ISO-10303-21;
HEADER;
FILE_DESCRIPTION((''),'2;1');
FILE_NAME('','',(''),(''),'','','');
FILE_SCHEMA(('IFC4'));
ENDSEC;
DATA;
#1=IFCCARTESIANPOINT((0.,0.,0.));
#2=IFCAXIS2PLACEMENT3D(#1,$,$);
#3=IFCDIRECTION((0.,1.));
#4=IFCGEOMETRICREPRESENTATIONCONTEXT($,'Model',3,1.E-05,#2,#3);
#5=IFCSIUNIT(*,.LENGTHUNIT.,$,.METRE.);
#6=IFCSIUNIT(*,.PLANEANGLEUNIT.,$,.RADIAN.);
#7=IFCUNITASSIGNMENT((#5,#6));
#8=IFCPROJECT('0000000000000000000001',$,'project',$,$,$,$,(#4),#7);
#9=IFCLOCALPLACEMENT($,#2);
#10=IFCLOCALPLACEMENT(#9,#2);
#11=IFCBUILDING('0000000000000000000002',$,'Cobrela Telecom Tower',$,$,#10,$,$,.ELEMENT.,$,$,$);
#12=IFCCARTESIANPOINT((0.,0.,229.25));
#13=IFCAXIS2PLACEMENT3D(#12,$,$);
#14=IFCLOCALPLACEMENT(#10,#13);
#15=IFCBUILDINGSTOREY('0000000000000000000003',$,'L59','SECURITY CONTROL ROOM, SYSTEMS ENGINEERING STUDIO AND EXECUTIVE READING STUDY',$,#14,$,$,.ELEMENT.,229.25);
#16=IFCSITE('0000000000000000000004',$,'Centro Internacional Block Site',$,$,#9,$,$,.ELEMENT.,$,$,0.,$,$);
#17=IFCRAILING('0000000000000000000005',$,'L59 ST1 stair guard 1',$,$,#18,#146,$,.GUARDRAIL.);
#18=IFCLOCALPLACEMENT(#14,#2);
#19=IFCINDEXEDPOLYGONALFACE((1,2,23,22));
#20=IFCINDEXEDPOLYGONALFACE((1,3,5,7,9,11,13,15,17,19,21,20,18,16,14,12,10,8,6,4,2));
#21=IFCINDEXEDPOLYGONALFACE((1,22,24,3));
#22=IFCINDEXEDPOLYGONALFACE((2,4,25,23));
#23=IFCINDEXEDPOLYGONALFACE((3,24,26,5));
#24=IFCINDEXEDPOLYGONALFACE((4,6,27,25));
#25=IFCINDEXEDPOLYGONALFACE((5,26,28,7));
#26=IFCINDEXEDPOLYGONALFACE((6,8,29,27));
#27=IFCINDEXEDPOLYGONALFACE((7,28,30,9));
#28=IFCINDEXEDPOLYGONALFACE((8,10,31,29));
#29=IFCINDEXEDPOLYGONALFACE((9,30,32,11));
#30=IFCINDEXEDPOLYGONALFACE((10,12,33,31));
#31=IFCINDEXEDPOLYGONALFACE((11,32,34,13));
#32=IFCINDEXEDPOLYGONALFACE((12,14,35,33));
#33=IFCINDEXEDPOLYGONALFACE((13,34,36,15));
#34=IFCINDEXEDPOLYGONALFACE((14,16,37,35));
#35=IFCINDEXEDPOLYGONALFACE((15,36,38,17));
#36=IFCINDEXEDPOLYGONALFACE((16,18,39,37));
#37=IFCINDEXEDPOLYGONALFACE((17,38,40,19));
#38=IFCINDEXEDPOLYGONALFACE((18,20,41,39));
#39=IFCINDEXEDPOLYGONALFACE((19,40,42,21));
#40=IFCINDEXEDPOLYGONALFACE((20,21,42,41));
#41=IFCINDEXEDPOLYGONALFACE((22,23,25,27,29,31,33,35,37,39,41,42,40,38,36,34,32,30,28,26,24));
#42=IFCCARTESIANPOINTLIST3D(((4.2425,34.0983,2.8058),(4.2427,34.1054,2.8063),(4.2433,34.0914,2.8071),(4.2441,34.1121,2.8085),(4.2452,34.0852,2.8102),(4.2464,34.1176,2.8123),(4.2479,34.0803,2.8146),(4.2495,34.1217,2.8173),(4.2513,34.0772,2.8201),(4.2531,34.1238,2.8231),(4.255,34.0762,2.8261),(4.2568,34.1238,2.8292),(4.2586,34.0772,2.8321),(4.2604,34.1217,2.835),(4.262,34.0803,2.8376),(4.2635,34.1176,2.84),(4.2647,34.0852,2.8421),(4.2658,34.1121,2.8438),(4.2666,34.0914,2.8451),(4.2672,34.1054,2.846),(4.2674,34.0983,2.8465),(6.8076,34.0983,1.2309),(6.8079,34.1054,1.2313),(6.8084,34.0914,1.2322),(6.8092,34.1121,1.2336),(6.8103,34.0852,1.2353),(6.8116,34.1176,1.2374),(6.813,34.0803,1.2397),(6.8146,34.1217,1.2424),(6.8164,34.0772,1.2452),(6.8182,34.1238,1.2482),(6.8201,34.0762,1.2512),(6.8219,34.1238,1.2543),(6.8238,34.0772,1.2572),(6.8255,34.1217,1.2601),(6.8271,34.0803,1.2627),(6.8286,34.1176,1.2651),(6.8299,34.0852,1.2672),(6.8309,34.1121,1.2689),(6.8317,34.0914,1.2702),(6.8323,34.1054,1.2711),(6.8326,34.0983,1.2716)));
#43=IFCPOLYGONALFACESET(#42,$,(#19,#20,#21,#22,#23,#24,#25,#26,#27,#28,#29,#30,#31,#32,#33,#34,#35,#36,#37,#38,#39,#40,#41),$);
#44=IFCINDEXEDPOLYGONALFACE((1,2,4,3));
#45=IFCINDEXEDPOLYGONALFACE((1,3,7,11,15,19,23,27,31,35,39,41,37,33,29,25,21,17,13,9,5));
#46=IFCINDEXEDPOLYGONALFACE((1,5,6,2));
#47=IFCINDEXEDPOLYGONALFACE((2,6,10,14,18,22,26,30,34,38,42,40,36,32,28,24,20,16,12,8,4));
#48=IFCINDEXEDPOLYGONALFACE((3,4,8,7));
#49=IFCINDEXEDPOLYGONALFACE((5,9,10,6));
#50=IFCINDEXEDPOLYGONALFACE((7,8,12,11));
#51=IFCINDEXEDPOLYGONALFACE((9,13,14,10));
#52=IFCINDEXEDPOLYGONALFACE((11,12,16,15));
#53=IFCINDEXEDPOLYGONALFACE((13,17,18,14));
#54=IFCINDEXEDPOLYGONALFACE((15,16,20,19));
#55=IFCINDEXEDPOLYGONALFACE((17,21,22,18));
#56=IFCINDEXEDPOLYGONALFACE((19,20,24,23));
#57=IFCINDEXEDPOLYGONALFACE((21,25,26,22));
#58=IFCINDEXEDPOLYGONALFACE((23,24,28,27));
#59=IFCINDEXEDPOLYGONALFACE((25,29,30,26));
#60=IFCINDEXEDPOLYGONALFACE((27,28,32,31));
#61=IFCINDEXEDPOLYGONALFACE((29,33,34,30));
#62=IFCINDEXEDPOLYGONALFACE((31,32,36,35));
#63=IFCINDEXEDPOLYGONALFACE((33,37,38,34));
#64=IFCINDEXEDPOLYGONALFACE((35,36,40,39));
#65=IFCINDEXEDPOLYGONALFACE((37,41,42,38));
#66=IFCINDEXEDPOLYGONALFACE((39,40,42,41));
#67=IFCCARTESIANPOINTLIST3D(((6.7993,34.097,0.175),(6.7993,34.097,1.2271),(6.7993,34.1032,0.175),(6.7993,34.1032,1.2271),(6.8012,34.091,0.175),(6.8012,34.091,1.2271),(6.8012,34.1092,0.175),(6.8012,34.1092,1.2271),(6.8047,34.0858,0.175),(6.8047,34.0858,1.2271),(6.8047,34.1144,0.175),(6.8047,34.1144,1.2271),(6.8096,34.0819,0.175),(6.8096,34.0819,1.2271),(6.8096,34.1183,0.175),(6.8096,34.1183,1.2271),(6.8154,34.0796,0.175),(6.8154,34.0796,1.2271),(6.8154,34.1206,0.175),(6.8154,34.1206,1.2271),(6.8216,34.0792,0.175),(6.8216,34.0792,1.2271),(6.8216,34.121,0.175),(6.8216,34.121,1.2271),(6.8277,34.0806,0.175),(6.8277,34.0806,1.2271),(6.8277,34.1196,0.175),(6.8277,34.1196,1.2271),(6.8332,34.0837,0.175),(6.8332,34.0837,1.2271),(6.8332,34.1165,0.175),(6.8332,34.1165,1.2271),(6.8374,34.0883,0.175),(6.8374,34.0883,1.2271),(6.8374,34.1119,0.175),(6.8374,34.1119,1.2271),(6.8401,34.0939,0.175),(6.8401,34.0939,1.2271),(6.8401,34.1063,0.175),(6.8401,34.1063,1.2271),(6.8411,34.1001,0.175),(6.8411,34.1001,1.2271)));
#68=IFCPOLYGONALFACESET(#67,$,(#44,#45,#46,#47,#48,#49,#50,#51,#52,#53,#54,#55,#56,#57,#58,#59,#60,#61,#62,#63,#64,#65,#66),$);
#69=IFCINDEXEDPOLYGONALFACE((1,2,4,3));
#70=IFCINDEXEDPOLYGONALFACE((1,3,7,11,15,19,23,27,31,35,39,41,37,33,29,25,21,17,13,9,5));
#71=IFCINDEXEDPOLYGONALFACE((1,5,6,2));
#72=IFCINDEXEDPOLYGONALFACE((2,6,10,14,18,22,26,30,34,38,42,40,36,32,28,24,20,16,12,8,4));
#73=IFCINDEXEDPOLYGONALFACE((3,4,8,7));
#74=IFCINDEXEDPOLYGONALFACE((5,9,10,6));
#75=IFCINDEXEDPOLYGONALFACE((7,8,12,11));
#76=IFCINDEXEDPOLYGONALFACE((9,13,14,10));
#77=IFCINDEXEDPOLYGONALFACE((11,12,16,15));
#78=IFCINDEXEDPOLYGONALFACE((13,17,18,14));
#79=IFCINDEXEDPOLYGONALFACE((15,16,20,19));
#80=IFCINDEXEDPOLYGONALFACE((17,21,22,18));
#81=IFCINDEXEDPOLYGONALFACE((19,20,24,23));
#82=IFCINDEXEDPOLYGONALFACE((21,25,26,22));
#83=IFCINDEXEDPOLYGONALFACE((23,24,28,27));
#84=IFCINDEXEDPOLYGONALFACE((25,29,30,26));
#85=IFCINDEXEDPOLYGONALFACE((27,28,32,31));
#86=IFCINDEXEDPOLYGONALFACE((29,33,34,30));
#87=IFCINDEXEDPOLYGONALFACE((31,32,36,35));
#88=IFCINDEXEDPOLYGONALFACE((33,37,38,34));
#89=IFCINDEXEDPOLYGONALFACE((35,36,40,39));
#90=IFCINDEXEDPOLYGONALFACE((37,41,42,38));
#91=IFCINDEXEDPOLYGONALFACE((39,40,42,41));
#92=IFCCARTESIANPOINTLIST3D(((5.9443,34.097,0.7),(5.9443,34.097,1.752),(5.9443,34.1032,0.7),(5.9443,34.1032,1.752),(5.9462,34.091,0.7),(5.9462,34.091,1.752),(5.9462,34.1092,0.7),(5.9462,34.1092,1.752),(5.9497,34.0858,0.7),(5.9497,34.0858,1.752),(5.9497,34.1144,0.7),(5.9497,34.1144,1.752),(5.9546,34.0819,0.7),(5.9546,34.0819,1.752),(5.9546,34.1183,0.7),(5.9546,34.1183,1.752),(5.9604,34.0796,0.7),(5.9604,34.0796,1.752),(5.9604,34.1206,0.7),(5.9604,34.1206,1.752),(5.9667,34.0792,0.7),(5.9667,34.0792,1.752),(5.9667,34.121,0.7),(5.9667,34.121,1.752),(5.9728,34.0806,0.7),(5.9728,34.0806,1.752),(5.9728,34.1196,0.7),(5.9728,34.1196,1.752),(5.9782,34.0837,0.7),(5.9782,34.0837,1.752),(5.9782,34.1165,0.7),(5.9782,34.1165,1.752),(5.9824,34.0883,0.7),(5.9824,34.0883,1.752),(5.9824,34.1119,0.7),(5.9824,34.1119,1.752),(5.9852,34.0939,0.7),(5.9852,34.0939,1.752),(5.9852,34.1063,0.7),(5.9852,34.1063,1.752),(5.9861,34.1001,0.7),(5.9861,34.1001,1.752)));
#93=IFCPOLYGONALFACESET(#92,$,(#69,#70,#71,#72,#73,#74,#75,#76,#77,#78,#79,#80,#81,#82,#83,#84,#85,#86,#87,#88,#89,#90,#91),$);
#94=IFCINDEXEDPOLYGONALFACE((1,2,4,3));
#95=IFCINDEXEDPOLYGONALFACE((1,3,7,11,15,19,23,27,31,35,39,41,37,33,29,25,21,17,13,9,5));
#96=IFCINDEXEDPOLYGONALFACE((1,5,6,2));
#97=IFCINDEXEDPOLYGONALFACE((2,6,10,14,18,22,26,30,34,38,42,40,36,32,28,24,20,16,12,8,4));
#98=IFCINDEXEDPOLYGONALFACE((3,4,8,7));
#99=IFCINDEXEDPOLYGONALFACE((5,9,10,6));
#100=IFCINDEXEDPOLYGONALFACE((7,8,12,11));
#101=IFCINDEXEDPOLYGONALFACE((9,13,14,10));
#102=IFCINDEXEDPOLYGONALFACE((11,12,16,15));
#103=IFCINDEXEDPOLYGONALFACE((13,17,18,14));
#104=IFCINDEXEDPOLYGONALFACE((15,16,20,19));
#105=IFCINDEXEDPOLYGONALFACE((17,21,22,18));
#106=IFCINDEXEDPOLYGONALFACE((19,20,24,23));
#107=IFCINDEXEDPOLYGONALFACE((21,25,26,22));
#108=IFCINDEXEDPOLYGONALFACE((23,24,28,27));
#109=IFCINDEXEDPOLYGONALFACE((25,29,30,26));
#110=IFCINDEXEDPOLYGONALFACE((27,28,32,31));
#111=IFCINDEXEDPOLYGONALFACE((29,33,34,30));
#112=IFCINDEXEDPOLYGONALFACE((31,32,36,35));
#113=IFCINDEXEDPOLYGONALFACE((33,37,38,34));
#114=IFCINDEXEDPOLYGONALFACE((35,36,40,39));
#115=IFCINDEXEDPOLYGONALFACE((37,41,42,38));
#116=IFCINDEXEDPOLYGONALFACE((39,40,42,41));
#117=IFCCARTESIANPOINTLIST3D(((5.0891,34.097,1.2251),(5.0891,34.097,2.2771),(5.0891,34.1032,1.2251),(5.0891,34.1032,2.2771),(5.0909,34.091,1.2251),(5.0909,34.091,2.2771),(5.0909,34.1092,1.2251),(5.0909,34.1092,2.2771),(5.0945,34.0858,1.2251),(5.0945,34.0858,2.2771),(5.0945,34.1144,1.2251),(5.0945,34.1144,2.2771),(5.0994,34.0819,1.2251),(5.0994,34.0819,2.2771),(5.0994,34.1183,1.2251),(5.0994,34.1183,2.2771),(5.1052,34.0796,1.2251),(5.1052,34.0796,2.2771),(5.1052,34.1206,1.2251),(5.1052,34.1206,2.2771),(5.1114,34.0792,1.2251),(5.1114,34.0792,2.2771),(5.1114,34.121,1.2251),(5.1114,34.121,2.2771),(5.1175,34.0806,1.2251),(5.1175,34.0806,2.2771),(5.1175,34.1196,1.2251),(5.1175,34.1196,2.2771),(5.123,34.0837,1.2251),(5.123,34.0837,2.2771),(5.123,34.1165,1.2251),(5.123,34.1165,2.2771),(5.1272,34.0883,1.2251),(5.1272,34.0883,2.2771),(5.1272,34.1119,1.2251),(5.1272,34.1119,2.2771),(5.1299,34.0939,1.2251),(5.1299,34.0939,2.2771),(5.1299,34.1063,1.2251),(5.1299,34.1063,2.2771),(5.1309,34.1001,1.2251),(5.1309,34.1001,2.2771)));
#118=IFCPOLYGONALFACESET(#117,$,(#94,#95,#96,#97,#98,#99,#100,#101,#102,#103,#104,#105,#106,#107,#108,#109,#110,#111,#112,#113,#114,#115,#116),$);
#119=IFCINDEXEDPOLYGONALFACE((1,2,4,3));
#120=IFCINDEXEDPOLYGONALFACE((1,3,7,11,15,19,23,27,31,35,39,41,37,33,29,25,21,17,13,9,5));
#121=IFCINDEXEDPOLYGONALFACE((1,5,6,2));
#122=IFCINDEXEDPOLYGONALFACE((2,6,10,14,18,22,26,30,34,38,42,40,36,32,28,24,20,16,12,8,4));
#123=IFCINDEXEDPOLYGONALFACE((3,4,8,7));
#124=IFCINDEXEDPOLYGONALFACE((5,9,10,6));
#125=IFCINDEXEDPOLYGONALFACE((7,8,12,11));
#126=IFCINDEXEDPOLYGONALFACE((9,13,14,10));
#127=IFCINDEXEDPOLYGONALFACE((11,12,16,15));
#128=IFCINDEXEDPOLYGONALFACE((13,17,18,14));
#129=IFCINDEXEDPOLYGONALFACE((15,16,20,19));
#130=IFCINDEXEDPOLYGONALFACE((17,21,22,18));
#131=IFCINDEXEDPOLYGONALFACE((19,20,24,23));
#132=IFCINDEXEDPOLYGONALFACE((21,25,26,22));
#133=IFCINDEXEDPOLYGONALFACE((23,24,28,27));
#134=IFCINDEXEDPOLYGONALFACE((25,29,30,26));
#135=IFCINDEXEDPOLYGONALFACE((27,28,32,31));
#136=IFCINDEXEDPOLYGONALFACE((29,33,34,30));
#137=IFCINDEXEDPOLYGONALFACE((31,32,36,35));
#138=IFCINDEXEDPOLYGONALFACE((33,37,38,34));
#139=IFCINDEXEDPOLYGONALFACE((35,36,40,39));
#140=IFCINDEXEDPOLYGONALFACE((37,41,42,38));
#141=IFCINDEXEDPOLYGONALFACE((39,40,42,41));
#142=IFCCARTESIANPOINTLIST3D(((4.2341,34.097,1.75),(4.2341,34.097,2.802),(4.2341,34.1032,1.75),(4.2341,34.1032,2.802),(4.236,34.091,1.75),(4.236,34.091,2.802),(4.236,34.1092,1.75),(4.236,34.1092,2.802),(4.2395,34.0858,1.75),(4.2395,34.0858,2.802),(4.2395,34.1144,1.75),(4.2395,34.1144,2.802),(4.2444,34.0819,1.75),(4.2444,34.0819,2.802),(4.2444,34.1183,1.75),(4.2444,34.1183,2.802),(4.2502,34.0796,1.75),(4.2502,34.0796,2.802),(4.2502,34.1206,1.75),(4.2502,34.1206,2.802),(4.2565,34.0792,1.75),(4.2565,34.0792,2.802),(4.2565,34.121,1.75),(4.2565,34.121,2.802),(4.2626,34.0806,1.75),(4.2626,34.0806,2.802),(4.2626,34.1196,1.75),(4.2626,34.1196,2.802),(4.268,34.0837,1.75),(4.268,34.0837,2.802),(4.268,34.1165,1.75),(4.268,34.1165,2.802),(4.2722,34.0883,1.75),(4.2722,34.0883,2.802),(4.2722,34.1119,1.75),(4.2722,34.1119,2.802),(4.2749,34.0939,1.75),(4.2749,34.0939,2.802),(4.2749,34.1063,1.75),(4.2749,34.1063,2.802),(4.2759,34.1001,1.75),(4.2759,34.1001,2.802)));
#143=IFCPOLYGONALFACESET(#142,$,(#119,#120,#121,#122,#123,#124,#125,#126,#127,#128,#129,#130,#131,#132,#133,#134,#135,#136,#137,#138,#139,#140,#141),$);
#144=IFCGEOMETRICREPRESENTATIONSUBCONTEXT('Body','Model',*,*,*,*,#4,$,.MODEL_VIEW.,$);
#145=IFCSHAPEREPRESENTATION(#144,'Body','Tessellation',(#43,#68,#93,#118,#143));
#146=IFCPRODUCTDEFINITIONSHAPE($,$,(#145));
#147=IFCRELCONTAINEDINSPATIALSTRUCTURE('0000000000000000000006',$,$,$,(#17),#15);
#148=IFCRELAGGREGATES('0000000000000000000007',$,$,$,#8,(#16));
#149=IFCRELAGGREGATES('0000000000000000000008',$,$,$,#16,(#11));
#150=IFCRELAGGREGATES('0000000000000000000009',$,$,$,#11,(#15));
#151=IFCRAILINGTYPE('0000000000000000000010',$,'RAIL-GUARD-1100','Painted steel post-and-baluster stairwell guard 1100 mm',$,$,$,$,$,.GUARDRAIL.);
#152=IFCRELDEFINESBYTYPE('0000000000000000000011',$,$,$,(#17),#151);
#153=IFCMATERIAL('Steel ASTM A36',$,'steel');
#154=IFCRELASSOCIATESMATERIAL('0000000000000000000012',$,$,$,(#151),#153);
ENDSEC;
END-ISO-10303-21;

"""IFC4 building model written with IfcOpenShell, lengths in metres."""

from ifc_helpers import new_model, si_unit, direction, frame, origin, origin_2d, place, context, subcontext, project, spatial, circle, extrude, material, type_object, element, save


model = new_model("IFC4")

# Units and contexts
model_context = context("Model", 3, precision=1e-05, world=origin(), true_north=direction((0.0, 1.0)))
body_context = subcontext(model_context, "Body", "Model", "MODEL_VIEW")
ifc_project = project(units=[si_unit("LENGTHUNIT", "METRE"), si_unit("PLANEANGLEUNIT", "RADIAN")], contexts=[model_context])

# Site, building, storey
site_placement = place(None, origin())
site = spatial("IfcSite", under=ifc_project, at=site_placement, Name="Centro Internacional Block Site", CompositionType="ELEMENT", RefElevation=0.0)
building_placement = place(site_placement, origin())
building = spatial("IfcBuilding", under=site, at=building_placement, Name="Cobrela Telecom Tower", CompositionType="ELEMENT")
storey_placement = place(building_placement, frame((0.0, 0.0, 229.25)))
storey = spatial("IfcBuildingStorey", under=building, at=storey_placement, Name="L59", Description="SECURITY CONTROL ROOM, SYSTEMS ENGINEERING STUDIO AND EXECUTIVE READING STUDY", CompositionType="ELEMENT", Elevation=229.25)

# Shared definitions
ifc_material_1 = material(Name="Steel ASTM A36", Category="steel")

# Railing
railing_type_1 = type_object("IfcRailingType", Name="RAIL-GUARD-1100", Description="Painted steel post-and-baluster stairwell guard 1100 mm", PredefinedType="GUARDRAIL", material=ifc_material_1)
railing_1_placement = place(storey_placement, frame((6.8201, 34.1001, 0.175)))
element("IfcRailing", 1, at=railing_1_placement, inside=storey, type_object=railing_type_1, Name="L59 ST1 stair guard 1", PredefinedType="GUARDRAIL", context=body_context, shape_type="SweptSolid", body=[
    extrude(circle(Radius=0.0239, at=origin_2d()), frame((0.0, 0.0, 1.0762), z_axis=(-0.852195, 0.0, 0.523224), x_axis=(0.0, -1.0, 0.0)), (0.0, 0.0, 1.0), 3.01),
    extrude(circle(Radius=0.021, at=origin_2d()), origin(), (0.0, 0.0, 1.0), 1.052),
    extrude(circle(Radius=0.021, at=origin_2d()), frame((-0.855, 0.0, 0.5249)), (0.0, 0.0, 1.0), 1.052),
    extrude(circle(Radius=0.021, at=origin_2d()), frame((-1.7102, 0.0, 1.05)), (0.0, 0.0, 1.0), 1.052),
    extrude(circle(Radius=0.021, at=origin_2d()), frame((-2.5652, 0.0, 1.575)), (0.0, 0.0, 1.0), 1.052),
])

save(model, "model.ifc")
